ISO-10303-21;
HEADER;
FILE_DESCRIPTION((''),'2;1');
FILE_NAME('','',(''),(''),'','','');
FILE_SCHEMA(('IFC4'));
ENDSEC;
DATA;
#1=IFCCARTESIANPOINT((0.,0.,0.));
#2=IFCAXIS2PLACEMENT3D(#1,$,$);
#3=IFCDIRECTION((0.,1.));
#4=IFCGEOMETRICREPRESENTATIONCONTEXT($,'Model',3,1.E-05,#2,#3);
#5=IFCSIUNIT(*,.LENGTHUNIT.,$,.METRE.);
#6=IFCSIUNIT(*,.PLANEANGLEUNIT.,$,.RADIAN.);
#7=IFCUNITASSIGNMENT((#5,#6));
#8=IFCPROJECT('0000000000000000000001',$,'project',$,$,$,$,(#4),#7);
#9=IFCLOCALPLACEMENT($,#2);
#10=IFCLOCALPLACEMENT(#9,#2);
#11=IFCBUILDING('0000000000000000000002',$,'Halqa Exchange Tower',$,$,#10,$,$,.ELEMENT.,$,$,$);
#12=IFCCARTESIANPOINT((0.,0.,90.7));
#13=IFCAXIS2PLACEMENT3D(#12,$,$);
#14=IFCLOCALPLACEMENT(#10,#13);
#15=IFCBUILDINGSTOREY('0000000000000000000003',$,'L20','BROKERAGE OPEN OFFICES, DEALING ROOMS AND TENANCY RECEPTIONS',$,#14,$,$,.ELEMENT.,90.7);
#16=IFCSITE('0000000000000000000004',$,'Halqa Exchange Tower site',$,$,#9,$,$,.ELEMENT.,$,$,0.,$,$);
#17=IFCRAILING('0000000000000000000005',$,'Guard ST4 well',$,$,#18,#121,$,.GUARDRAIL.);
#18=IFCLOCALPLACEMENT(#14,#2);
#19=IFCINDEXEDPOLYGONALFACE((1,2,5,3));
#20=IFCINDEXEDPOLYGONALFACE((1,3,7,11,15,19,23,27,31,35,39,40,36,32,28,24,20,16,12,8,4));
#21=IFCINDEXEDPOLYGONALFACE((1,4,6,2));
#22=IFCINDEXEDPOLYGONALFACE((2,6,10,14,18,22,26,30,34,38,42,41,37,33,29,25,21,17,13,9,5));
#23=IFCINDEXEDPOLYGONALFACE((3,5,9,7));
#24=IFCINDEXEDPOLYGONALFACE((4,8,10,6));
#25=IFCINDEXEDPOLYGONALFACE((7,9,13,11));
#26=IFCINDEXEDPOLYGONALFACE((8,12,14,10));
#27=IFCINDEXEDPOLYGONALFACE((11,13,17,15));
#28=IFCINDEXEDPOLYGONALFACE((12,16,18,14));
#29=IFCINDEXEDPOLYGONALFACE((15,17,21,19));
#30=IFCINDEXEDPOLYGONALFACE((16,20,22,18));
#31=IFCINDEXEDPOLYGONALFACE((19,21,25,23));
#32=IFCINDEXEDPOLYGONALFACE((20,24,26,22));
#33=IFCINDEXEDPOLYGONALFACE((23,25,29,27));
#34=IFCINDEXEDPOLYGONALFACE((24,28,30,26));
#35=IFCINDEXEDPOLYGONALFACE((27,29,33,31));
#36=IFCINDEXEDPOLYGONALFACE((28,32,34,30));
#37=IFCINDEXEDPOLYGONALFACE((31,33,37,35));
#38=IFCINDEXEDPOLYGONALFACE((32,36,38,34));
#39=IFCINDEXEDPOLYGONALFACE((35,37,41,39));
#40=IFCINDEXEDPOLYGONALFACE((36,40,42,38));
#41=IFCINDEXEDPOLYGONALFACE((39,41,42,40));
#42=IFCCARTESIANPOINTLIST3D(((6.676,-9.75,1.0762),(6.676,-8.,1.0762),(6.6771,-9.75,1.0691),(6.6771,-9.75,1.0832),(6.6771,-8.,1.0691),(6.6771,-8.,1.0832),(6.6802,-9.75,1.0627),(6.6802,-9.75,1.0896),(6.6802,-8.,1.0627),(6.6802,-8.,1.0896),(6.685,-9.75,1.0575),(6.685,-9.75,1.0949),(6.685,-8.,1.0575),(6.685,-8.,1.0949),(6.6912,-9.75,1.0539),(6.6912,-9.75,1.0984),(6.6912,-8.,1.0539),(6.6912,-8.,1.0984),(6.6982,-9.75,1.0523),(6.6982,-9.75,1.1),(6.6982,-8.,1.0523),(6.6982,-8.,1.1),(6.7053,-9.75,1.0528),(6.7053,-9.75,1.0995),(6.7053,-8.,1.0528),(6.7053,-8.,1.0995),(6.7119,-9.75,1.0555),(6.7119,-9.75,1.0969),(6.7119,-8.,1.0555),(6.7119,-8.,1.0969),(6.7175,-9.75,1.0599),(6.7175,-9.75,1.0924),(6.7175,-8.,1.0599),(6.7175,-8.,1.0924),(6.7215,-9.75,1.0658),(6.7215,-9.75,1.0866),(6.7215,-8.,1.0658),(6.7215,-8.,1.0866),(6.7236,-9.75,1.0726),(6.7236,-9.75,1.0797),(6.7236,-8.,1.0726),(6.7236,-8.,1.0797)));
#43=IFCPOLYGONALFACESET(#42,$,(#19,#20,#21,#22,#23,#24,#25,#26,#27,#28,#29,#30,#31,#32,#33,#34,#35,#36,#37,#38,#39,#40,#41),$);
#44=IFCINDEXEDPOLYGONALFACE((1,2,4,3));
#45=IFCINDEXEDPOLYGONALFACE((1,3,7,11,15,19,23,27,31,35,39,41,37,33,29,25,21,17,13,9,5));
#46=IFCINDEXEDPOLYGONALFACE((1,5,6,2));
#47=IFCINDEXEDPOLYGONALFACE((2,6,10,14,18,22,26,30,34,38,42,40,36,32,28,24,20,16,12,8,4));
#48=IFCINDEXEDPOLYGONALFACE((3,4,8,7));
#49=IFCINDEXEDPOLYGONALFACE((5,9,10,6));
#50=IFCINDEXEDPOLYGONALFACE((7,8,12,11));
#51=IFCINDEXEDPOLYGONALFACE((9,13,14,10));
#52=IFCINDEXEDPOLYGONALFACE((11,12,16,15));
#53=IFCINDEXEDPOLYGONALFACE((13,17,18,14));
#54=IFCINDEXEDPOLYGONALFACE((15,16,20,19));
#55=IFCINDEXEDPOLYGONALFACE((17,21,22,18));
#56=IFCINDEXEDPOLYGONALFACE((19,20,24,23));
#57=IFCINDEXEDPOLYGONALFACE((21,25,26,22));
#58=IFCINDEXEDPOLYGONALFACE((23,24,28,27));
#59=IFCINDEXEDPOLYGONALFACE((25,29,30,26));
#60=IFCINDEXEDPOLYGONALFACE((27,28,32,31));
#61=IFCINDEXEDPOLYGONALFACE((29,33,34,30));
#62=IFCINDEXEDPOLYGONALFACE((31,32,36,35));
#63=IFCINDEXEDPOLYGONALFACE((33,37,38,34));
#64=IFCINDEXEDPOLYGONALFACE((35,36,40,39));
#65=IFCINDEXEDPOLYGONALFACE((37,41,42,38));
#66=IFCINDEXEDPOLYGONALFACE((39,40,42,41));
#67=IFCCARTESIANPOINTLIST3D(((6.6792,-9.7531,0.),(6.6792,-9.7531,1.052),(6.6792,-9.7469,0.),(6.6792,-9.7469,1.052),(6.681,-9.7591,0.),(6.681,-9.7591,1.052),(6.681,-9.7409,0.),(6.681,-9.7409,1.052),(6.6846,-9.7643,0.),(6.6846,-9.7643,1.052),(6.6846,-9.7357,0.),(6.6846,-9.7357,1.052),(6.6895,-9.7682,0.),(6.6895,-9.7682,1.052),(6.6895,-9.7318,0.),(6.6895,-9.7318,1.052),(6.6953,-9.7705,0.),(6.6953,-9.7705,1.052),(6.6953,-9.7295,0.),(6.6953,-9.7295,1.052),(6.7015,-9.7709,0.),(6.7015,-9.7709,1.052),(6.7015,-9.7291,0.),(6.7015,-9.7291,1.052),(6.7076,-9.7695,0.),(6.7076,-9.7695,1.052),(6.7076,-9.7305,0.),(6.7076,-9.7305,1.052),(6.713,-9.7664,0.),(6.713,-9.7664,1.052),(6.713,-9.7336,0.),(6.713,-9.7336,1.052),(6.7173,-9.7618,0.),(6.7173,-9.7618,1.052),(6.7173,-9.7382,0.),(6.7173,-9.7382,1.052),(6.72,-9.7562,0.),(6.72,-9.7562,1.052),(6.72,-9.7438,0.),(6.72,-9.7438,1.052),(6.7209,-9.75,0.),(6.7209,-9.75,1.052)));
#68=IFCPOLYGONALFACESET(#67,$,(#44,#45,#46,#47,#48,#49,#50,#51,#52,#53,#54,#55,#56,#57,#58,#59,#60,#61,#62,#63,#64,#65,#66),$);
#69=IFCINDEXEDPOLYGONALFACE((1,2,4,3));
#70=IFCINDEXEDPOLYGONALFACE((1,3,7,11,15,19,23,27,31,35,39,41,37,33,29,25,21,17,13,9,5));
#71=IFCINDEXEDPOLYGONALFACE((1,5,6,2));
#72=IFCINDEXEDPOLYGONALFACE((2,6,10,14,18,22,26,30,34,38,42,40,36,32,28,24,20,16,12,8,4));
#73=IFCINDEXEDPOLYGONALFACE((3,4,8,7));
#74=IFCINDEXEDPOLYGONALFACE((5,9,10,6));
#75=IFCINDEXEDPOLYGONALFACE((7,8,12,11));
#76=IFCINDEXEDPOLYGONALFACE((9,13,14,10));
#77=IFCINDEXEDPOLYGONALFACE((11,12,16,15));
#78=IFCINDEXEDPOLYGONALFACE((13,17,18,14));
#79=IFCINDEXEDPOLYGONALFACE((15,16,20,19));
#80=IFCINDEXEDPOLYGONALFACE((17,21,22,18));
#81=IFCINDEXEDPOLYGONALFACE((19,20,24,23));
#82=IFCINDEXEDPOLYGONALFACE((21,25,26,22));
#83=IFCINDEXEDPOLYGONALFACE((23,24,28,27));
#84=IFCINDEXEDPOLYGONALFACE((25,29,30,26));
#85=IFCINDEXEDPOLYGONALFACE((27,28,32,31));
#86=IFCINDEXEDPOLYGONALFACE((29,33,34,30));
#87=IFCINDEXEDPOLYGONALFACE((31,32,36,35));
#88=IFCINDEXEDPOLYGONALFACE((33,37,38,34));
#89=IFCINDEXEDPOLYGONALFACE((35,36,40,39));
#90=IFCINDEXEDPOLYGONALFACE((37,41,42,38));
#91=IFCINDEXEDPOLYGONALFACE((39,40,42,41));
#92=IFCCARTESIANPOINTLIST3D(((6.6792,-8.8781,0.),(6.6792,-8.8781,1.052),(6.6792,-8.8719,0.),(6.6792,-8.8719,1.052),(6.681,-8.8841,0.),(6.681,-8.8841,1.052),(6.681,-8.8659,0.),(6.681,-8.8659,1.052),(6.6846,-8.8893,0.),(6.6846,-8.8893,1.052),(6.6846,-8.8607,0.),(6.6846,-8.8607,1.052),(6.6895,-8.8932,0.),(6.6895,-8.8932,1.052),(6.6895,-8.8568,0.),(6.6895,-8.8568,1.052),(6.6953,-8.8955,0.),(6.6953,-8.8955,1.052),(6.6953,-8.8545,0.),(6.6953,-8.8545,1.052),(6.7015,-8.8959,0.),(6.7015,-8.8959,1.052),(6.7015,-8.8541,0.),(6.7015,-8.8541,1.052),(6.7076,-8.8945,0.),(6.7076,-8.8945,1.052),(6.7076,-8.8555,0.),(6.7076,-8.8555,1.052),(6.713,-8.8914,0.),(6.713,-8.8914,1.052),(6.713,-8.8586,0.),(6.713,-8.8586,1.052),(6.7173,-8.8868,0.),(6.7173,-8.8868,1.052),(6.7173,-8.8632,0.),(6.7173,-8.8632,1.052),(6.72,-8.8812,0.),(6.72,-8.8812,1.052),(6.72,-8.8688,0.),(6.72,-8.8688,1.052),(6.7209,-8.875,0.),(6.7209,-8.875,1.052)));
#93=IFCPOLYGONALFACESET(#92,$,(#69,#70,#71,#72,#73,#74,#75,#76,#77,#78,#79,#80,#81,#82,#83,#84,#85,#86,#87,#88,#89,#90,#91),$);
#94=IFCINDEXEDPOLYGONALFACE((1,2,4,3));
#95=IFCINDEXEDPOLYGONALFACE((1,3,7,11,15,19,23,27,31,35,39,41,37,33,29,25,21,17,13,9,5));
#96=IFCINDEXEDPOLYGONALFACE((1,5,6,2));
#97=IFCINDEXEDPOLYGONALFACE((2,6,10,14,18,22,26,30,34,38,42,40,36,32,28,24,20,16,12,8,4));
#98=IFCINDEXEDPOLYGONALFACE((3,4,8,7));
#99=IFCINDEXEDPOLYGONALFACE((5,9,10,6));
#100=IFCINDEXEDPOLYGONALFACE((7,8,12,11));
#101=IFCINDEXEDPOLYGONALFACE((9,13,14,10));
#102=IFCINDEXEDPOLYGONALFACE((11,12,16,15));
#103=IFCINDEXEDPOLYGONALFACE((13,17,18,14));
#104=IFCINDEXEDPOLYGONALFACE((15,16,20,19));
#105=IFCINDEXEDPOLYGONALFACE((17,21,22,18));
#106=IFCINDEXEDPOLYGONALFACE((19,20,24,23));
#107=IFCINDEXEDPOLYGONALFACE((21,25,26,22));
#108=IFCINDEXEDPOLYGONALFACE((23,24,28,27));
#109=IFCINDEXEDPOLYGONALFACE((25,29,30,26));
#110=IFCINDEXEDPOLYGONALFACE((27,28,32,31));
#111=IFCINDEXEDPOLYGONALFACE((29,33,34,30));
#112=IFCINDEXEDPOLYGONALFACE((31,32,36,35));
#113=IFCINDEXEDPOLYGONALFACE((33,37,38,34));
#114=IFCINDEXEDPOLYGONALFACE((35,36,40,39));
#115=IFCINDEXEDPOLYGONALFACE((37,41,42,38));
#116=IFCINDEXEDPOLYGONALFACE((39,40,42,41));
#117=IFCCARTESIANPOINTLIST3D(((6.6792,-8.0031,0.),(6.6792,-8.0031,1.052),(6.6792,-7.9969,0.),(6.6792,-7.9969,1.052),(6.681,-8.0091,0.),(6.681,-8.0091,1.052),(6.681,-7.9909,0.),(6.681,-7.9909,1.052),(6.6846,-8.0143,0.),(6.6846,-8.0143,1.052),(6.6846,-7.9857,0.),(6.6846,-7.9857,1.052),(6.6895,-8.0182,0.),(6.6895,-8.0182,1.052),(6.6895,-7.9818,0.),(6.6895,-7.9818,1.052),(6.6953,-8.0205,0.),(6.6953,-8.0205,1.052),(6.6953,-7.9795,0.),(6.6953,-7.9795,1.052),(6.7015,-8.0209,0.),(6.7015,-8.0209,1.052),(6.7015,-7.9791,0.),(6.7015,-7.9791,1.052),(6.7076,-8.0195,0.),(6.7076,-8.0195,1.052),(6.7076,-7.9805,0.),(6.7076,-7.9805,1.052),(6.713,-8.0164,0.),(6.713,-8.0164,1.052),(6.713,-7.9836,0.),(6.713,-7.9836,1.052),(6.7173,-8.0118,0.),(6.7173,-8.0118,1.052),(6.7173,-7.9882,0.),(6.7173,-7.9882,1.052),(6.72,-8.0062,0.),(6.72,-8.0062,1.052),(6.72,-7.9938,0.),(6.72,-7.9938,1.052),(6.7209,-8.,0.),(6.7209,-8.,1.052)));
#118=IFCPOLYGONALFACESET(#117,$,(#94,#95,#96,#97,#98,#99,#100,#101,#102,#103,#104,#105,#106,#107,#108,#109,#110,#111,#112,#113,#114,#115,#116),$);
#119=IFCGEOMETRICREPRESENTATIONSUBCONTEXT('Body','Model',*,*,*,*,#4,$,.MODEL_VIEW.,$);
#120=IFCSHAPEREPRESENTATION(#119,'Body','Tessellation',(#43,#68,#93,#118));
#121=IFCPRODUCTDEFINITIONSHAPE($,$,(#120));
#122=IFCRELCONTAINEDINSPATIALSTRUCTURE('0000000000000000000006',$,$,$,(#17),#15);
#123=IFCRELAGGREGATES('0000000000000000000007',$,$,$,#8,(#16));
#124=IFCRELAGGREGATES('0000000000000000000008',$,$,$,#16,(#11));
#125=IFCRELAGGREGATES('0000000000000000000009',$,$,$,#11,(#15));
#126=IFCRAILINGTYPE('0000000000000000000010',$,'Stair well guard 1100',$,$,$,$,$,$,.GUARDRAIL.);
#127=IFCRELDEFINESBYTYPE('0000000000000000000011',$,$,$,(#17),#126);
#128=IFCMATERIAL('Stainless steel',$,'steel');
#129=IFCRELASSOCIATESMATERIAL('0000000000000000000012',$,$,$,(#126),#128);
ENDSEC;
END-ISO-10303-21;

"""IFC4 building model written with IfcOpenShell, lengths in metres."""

from ifc_helpers import new_model, si_unit, direction, frame, origin, origin_2d, place, context, subcontext, project, spatial, circle, extrude, material, type_object, element, save


model = new_model("IFC4")

# Units and contexts
model_context = context("Model", 3, precision=1e-05, world=origin(), true_north=direction((0.0, 1.0)))
body_context = subcontext(model_context, "Body", "Model", "MODEL_VIEW")
ifc_project = project(units=[si_unit("LENGTHUNIT", "METRE"), si_unit("PLANEANGLEUNIT", "RADIAN")], contexts=[model_context])

# Site, building, storey
site_placement = place(None, origin())
site = spatial("IfcSite", under=ifc_project, at=site_placement, Name="Halqa Exchange Tower site", CompositionType="ELEMENT", RefElevation=0.0)
building_placement = place(site_placement, origin())
building = spatial("IfcBuilding", under=site, at=building_placement, Name="Halqa Exchange Tower", CompositionType="ELEMENT")
storey_placement = place(building_placement, frame((0.0, 0.0, 90.7)))
storey = spatial("IfcBuildingStorey", under=building, at=storey_placement, Name="L20", Description="BROKERAGE OPEN OFFICES, DEALING ROOMS AND TENANCY RECEPTIONS", CompositionType="ELEMENT", Elevation=90.7)

# Railing
ifc_material_1 = material(Name="Stainless steel", Category="steel")
railing_type_1 = type_object("IfcRailingType", Name="Stair well guard 1100", PredefinedType="GUARDRAIL", material=ifc_material_1)
railing_1_placement = place(storey_placement, frame((6.7, -9.75, 0.0)))
element("IfcRailing", 1, at=railing_1_placement, inside=storey, type_object=railing_type_1, Name="Guard ST4 well", PredefinedType="GUARDRAIL", context=body_context, shape_type="SweptSolid", body=[
    extrude(circle(Radius=0.0239, at=origin_2d()), frame((0.0, 0.0, 1.0762), z_axis=(0.0, 1.0, 0.0), x_axis=(-1.0, 0.0, 0.0)), (0.0, 0.0, 1.0), 1.75),
    extrude(circle(Radius=0.021, at=origin_2d()), origin(), (0.0, 0.0, 1.0), 1.052),
    extrude(circle(Radius=0.021, at=origin_2d()), frame((0.0, 0.875, 0.0)), (0.0, 0.0, 1.0), 1.052),
    extrude(circle(Radius=0.021, at=origin_2d()), frame((0.0, 1.75, 0.0)), (0.0, 0.0, 1.0), 1.052),
])

save(model, "model.ifc")
